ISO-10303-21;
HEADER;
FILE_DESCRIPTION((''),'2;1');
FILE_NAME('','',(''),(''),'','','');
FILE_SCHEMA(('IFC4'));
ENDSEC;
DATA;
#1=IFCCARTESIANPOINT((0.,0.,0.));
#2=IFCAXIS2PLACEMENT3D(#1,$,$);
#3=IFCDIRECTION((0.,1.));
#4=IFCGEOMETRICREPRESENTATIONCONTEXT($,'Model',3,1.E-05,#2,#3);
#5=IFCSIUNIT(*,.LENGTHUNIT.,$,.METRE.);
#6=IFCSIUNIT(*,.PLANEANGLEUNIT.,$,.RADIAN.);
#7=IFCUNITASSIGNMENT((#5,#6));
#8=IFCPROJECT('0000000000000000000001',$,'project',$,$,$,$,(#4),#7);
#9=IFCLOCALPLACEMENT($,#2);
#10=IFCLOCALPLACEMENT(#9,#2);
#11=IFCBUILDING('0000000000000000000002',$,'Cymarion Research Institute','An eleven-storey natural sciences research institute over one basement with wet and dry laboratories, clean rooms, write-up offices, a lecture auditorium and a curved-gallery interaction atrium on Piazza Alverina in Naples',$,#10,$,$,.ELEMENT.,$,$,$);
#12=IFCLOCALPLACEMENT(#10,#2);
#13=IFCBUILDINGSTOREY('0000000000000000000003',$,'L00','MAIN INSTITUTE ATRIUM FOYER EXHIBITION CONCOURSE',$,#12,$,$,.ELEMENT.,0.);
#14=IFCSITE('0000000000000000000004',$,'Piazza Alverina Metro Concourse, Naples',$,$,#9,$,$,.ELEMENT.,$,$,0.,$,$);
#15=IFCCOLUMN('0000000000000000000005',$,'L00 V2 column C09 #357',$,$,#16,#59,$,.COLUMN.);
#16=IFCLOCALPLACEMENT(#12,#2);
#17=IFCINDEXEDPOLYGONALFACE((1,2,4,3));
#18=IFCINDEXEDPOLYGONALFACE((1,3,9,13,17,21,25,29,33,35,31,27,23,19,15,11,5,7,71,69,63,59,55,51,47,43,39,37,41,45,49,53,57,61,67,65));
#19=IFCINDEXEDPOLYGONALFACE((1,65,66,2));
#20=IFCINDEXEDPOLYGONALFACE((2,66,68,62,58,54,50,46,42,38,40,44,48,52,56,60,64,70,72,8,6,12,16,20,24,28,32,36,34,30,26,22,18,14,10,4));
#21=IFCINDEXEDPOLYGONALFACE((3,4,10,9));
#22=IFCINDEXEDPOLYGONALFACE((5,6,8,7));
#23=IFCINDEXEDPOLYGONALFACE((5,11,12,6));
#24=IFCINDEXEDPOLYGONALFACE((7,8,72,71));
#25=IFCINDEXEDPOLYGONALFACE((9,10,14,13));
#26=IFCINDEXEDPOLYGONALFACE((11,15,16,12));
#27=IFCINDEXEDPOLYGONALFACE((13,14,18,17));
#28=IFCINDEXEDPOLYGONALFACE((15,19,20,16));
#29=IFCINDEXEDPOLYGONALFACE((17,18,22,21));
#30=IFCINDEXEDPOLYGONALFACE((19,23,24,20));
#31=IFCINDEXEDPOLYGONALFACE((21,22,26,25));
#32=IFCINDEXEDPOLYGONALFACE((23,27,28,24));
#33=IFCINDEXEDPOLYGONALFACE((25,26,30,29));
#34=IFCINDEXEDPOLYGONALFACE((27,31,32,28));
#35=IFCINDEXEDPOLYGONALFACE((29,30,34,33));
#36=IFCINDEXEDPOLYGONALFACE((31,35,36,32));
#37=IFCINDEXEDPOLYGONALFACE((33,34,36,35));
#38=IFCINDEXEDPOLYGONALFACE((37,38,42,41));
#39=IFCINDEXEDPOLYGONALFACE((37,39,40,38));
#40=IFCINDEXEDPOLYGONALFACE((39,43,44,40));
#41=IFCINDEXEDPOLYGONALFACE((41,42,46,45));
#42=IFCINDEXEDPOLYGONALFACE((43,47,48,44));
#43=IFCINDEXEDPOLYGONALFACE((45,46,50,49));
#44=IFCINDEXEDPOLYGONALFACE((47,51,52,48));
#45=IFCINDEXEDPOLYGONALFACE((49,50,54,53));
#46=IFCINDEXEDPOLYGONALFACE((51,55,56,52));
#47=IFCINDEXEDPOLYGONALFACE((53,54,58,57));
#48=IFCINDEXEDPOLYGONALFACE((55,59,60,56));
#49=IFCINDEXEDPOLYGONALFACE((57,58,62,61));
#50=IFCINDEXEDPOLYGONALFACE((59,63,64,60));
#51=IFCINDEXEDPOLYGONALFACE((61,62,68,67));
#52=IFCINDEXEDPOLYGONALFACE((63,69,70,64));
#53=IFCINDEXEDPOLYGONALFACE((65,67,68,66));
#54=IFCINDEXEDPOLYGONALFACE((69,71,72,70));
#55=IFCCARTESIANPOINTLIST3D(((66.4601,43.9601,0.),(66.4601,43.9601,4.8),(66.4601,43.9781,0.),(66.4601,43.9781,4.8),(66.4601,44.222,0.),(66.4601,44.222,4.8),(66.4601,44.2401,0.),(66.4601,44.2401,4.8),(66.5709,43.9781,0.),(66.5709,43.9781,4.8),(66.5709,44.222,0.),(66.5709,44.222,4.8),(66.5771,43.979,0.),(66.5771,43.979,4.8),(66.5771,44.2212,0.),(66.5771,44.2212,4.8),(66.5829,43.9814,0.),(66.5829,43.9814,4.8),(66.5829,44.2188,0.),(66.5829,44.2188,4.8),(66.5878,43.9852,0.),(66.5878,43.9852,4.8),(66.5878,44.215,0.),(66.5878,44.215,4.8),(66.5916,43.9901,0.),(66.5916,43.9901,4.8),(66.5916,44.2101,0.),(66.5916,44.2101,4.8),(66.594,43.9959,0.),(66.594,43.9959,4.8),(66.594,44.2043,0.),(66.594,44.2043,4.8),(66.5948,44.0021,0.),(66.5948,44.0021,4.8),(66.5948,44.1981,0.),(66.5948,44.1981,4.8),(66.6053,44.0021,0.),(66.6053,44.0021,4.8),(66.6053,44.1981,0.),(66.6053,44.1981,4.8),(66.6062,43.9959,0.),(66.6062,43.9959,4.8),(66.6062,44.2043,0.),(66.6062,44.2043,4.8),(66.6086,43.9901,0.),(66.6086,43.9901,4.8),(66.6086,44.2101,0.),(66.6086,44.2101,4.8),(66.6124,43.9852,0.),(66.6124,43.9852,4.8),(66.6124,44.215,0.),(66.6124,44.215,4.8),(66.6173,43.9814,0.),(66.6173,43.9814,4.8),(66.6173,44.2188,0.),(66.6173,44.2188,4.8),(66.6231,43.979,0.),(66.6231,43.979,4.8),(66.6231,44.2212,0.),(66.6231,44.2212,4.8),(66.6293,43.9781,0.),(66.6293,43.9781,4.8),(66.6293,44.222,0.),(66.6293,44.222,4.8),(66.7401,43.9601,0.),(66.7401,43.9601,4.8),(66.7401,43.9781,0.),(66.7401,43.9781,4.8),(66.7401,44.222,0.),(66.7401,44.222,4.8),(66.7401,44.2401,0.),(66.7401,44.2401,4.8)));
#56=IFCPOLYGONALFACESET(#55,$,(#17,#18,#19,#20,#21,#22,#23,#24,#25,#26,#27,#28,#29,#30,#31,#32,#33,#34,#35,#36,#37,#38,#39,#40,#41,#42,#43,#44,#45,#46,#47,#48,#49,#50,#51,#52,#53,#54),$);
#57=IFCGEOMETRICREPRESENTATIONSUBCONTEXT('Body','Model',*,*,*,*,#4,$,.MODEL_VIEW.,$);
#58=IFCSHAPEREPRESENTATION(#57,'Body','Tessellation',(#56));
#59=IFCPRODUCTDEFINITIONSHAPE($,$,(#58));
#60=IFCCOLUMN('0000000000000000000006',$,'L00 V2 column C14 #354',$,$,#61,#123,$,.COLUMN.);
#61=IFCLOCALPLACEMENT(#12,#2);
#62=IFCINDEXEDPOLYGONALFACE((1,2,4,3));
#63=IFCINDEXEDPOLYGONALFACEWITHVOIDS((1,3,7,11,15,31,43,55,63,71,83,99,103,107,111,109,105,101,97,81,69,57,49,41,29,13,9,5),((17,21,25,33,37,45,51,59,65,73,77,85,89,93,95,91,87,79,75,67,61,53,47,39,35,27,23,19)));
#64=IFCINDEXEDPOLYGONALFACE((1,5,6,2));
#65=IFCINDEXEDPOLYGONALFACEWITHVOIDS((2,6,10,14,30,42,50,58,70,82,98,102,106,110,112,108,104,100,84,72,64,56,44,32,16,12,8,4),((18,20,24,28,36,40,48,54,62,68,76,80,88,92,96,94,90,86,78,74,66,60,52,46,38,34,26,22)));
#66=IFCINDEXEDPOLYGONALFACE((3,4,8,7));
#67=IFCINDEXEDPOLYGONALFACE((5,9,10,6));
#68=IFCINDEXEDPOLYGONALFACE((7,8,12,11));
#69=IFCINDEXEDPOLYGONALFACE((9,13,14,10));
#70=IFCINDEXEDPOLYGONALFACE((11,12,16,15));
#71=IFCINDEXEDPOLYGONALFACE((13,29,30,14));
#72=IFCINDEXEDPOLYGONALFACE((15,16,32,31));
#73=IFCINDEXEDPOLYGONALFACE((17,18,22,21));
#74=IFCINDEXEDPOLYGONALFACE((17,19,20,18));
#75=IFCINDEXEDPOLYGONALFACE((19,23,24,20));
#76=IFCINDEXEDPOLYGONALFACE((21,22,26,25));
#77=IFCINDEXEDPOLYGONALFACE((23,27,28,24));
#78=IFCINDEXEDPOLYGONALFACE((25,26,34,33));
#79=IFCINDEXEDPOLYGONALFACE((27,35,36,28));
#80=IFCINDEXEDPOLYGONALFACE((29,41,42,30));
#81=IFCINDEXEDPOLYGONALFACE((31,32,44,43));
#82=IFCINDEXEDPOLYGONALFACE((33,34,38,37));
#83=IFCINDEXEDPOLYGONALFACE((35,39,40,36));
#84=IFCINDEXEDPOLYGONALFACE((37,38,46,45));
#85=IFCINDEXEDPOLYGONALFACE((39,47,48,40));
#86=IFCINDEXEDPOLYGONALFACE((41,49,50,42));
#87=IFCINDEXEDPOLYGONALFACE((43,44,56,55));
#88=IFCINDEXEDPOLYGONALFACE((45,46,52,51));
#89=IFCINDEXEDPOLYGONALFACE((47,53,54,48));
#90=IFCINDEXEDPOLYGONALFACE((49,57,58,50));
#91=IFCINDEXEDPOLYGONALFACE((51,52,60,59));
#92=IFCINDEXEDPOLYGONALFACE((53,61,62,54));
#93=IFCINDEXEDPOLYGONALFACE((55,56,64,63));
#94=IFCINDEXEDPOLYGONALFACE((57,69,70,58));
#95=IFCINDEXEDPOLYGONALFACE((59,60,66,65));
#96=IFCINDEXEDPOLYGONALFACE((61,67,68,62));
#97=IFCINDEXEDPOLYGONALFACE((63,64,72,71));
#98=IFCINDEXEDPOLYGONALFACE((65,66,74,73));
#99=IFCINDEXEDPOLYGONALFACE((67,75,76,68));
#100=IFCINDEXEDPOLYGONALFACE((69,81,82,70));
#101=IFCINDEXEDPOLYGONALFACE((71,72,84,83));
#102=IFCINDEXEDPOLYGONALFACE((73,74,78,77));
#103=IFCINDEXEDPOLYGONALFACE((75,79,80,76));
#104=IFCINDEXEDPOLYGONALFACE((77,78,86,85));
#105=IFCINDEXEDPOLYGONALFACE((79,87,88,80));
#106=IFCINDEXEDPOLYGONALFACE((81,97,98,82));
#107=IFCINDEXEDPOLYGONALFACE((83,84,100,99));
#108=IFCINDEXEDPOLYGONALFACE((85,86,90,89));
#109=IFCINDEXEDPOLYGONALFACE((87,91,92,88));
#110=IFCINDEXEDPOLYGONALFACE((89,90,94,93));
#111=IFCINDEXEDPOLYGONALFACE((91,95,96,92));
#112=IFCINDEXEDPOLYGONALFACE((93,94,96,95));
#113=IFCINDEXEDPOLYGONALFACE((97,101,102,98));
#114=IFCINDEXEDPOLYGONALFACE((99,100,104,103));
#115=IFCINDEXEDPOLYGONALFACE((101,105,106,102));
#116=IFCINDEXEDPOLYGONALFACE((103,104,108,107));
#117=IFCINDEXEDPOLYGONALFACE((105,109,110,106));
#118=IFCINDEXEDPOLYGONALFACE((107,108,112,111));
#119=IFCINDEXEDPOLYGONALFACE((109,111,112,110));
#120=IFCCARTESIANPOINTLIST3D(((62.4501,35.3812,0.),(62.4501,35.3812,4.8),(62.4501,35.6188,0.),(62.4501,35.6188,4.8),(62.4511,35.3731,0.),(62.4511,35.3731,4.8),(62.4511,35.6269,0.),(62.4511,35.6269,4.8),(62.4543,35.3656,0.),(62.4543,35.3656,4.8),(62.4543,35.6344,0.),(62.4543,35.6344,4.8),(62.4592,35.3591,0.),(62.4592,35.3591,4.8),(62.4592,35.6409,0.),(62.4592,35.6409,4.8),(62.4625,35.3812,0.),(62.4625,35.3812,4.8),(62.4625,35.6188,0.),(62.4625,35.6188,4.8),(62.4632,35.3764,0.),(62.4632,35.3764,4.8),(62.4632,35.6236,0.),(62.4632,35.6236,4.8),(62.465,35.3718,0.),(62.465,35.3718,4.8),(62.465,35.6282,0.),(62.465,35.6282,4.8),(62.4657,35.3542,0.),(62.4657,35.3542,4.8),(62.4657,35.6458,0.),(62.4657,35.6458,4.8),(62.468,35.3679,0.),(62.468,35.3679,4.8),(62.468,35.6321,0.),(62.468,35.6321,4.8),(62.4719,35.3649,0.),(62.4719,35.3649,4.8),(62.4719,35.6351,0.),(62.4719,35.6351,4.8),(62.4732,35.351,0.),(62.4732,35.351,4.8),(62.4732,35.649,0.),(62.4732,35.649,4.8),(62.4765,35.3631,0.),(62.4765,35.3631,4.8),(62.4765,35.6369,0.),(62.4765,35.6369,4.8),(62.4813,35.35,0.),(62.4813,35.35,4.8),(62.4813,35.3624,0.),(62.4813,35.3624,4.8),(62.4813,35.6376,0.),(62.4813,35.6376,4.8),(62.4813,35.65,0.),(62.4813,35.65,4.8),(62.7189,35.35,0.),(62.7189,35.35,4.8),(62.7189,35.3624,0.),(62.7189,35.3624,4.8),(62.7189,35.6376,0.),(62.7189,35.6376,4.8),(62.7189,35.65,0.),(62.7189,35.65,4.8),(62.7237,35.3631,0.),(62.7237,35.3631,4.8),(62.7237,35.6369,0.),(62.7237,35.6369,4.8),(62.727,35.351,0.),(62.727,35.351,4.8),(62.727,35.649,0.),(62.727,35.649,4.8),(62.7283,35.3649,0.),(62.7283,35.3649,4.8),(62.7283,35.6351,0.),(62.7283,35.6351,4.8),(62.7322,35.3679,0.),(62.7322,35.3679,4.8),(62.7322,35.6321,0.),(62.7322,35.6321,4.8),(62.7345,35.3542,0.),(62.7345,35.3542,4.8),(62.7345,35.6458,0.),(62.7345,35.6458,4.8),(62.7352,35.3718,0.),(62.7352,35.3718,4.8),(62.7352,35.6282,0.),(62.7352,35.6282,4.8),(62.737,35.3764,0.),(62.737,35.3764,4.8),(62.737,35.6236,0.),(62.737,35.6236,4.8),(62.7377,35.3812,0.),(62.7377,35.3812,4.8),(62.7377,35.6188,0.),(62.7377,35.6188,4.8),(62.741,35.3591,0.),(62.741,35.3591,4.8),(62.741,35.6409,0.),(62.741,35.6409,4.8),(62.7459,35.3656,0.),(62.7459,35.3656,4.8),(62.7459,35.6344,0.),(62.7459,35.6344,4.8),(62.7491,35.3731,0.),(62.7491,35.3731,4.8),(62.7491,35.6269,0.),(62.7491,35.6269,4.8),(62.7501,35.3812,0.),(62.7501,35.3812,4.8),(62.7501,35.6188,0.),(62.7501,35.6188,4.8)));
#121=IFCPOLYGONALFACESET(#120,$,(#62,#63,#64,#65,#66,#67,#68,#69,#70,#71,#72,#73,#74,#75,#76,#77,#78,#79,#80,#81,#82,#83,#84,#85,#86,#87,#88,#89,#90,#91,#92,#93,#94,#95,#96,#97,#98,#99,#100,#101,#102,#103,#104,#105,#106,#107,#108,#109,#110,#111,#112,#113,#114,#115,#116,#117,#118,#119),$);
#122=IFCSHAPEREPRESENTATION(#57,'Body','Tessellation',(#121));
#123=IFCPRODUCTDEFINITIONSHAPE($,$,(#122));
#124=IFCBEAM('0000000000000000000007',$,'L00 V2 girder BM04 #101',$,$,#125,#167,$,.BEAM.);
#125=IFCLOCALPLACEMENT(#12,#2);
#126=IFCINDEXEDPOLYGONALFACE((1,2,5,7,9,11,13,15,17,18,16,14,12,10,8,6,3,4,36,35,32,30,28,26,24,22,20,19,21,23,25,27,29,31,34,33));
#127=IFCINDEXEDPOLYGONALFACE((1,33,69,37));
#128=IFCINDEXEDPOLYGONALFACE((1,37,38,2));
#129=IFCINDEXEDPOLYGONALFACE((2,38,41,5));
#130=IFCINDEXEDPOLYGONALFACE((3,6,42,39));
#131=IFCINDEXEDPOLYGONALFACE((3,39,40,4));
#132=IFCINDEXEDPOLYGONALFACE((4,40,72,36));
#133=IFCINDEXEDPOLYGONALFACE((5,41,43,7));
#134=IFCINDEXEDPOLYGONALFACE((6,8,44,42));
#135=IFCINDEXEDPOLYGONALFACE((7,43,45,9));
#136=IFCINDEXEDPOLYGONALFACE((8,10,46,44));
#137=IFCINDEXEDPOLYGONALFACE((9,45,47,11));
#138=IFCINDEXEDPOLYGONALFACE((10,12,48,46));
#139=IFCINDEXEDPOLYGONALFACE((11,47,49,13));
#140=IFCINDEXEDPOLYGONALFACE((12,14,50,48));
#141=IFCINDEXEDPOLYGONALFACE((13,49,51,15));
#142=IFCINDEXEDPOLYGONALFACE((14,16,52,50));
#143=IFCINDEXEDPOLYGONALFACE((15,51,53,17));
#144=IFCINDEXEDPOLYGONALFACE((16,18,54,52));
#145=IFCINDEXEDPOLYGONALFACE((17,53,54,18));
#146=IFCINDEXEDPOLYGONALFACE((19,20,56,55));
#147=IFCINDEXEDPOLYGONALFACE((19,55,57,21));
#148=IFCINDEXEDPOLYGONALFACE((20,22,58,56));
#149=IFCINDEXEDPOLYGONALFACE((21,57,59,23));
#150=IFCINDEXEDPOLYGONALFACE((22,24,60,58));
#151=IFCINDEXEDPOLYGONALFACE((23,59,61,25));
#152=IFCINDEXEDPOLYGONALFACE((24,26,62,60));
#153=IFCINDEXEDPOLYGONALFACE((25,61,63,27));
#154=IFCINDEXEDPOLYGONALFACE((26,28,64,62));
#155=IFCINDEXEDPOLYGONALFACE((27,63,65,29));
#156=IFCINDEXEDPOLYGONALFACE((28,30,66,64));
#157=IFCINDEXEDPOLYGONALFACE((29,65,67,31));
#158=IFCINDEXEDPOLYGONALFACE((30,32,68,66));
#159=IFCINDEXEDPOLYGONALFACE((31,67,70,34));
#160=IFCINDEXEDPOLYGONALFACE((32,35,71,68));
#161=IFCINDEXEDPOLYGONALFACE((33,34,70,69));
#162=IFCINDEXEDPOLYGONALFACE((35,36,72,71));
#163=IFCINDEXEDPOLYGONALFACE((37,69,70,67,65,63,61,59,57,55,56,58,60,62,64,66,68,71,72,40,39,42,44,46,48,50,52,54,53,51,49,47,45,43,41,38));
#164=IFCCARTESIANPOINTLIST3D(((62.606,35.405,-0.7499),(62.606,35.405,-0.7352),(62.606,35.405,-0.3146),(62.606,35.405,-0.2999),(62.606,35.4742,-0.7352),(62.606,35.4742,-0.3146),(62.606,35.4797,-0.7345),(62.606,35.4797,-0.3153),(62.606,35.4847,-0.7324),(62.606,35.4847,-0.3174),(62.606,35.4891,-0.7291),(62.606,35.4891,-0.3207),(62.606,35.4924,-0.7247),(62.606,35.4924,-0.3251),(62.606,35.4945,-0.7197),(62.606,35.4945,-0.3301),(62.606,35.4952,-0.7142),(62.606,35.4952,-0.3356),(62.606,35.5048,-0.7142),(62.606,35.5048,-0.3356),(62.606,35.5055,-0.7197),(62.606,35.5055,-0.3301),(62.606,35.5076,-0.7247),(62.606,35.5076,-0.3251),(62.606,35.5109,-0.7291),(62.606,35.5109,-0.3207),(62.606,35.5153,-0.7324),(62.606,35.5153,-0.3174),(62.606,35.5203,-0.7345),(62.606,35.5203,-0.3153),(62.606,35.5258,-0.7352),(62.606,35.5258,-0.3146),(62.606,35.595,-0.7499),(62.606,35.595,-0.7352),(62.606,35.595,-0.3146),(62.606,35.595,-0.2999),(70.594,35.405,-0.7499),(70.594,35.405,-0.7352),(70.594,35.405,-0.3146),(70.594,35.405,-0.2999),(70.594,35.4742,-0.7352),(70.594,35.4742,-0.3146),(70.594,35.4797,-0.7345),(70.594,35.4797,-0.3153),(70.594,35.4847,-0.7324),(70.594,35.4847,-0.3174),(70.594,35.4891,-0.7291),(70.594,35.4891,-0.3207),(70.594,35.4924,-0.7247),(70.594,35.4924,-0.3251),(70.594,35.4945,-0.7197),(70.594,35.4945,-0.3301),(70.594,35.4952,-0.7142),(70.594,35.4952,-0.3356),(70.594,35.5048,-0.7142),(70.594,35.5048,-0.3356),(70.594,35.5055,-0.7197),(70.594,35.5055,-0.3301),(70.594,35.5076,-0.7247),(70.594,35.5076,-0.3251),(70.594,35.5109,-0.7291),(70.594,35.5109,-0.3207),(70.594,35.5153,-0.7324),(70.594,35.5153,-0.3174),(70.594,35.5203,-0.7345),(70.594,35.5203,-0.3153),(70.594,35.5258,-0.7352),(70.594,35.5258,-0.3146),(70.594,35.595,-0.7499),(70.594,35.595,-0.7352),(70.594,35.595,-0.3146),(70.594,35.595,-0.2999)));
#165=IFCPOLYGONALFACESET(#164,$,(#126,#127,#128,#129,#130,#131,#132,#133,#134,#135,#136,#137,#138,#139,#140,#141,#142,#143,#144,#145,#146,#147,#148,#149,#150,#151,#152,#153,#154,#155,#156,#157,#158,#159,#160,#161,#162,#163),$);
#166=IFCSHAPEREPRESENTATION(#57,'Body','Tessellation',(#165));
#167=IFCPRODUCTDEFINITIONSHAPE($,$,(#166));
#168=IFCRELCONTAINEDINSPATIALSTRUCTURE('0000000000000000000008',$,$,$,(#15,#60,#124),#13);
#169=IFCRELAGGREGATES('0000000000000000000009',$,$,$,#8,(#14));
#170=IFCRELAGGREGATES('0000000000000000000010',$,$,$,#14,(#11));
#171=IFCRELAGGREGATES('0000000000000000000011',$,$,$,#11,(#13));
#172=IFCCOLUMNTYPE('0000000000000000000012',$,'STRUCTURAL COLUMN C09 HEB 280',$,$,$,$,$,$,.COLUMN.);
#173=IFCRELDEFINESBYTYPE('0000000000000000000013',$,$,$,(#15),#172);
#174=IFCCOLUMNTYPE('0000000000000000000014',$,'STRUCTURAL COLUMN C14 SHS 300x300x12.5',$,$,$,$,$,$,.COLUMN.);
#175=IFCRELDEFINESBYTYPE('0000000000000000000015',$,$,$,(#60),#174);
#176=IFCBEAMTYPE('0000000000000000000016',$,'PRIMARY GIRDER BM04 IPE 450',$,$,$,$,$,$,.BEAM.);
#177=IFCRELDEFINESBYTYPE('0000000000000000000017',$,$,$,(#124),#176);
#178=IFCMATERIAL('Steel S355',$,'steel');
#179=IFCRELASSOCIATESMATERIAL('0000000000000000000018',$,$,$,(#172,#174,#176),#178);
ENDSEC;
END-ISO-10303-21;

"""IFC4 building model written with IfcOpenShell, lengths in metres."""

from ifc_helpers import new_model, si_unit, direction, frame, origin, origin_2d, place, context, subcontext, project, spatial, hollow_rectangle, i_section, extrude, material, material_profile, profile_set, type_object, element, save


model = new_model("IFC4")

# Units and contexts
model_context = context("Model", 3, precision=1e-05, world=origin(), true_north=direction((0.0, 1.0)))
body_context = subcontext(model_context, "Body", "Model", "MODEL_VIEW")
ifc_project = project(units=[si_unit("LENGTHUNIT", "METRE"), si_unit("PLANEANGLEUNIT", "RADIAN")], contexts=[model_context])

# Site, building, storey
site_placement = place(None, origin())
site = spatial("IfcSite", under=ifc_project, at=site_placement, Name="Piazza Alverina Metro Concourse, Naples", CompositionType="ELEMENT", RefElevation=0.0)
building_placement = place(site_placement, origin())
building = spatial("IfcBuilding", under=site, at=building_placement, Name="Cymarion Research Institute", Description="An eleven-storey natural sciences research institute over one basement with wet and dry laboratories, clean rooms, write-up offices, a lecture auditorium and a curved-gallery interaction atrium on Piazza Alverina in Naples", CompositionType="ELEMENT")
storey_placement = place(building_placement, origin())
storey = spatial("IfcBuildingStorey", under=building, at=storey_placement, Name="L00", Description="MAIN INSTITUTE ATRIUM FOYER EXHIBITION CONCOURSE", CompositionType="ELEMENT", Elevation=0.0)

# Columns
ifc_material = material(Name="Steel S355", Category="steel")
ifc_material_profile_1 = material_profile(ifc_material, i_section(OverallWidth=0.28, OverallDepth=0.28, WebThickness=0.0105, FlangeThickness=0.0181, FilletRadius=0.0239, at=origin_2d()), Name="HEB 280")
ifc_profile_set_1 = profile_set([ifc_material_profile_1], Name="Steel S355")
column_type_1 = type_object("IfcColumnType", Name="STRUCTURAL COLUMN C09 HEB 280", PredefinedType="COLUMN", material=ifc_profile_set_1)
column_1_placement = place(storey_placement, frame((66.6001, 44.1001, 0.0), z_axis=(0.0, 0.0, 1.0), x_axis=(1.0, 0.0, 0.0)))
element("IfcColumn", 1, at=column_1_placement, inside=storey, type_object=column_type_1, Name="L00 V2 column C09 #357", PredefinedType="COLUMN", context=body_context, shape_type="SweptSolid", body=[
    extrude(i_section(OverallWidth=0.28, OverallDepth=0.28, WebThickness=0.0105, FlangeThickness=0.0181, FilletRadius=0.0239, at=origin_2d()), origin(), (0.0, 0.0, 1.0), 4.8),
])
ifc_material_profile_2 = material_profile(ifc_material, hollow_rectangle(XDim=0.3, YDim=0.3, WallThickness=0.0125, InnerFilletRadius=0.0188, OuterFilletRadius=0.0312, at=origin_2d()), Name="SHS 300x300x12.5")
ifc_profile_set_2 = profile_set([ifc_material_profile_2], Name="Steel S355")
column_type_2 = type_object("IfcColumnType", Name="STRUCTURAL COLUMN C14 SHS 300x300x12.5", PredefinedType="COLUMN", material=ifc_profile_set_2)
column_2_placement = place(storey_placement, frame((62.6001, 35.5, 0.0), z_axis=(0.0, 0.0, 1.0), x_axis=(1.0, 0.0, 0.0)))
element("IfcColumn", 2, at=column_2_placement, inside=storey, type_object=column_type_2, Name="L00 V2 column C14 #354", PredefinedType="COLUMN", context=body_context, shape_type="SweptSolid", body=[
    extrude(hollow_rectangle(XDim=0.3, YDim=0.3, WallThickness=0.0125, InnerFilletRadius=0.0188, OuterFilletRadius=0.0312, at=origin_2d()), origin(), (0.0, 0.0, 1.0), 4.8),
])

# Beam
ifc_material_profile_3 = material_profile(ifc_material, i_section(OverallWidth=0.1899, OverallDepth=0.45, WebThickness=0.0095, FlangeThickness=0.0146, FilletRadius=0.021, at=origin_2d()), Name="IPE 450")
ifc_profile_set_3 = profile_set([ifc_material_profile_3], Name="Steel S355")
beam_type_1 = type_object("IfcBeamType", Name="PRIMARY GIRDER BM04 IPE 450", PredefinedType="BEAM", material=ifc_profile_set_3)
beam_1_placement = place(storey_placement, frame((62.606, 35.5, -0.5249), z_axis=(1.0, 0.0, 0.0), x_axis=(0.0, 1.0, 0.0)))
element("IfcBeam", 3, at=beam_1_placement, inside=storey, type_object=beam_type_1, Name="L00 V2 girder BM04 #101", PredefinedType="BEAM", context=body_context, shape_type="SweptSolid", body=[
    extrude(i_section(OverallWidth=0.1899, OverallDepth=0.45, WebThickness=0.0095, FlangeThickness=0.0146, FilletRadius=0.021, at=origin_2d()), origin(), (0.0, 0.0, 1.0), 7.988),
])

save(model, "model.ifc")
